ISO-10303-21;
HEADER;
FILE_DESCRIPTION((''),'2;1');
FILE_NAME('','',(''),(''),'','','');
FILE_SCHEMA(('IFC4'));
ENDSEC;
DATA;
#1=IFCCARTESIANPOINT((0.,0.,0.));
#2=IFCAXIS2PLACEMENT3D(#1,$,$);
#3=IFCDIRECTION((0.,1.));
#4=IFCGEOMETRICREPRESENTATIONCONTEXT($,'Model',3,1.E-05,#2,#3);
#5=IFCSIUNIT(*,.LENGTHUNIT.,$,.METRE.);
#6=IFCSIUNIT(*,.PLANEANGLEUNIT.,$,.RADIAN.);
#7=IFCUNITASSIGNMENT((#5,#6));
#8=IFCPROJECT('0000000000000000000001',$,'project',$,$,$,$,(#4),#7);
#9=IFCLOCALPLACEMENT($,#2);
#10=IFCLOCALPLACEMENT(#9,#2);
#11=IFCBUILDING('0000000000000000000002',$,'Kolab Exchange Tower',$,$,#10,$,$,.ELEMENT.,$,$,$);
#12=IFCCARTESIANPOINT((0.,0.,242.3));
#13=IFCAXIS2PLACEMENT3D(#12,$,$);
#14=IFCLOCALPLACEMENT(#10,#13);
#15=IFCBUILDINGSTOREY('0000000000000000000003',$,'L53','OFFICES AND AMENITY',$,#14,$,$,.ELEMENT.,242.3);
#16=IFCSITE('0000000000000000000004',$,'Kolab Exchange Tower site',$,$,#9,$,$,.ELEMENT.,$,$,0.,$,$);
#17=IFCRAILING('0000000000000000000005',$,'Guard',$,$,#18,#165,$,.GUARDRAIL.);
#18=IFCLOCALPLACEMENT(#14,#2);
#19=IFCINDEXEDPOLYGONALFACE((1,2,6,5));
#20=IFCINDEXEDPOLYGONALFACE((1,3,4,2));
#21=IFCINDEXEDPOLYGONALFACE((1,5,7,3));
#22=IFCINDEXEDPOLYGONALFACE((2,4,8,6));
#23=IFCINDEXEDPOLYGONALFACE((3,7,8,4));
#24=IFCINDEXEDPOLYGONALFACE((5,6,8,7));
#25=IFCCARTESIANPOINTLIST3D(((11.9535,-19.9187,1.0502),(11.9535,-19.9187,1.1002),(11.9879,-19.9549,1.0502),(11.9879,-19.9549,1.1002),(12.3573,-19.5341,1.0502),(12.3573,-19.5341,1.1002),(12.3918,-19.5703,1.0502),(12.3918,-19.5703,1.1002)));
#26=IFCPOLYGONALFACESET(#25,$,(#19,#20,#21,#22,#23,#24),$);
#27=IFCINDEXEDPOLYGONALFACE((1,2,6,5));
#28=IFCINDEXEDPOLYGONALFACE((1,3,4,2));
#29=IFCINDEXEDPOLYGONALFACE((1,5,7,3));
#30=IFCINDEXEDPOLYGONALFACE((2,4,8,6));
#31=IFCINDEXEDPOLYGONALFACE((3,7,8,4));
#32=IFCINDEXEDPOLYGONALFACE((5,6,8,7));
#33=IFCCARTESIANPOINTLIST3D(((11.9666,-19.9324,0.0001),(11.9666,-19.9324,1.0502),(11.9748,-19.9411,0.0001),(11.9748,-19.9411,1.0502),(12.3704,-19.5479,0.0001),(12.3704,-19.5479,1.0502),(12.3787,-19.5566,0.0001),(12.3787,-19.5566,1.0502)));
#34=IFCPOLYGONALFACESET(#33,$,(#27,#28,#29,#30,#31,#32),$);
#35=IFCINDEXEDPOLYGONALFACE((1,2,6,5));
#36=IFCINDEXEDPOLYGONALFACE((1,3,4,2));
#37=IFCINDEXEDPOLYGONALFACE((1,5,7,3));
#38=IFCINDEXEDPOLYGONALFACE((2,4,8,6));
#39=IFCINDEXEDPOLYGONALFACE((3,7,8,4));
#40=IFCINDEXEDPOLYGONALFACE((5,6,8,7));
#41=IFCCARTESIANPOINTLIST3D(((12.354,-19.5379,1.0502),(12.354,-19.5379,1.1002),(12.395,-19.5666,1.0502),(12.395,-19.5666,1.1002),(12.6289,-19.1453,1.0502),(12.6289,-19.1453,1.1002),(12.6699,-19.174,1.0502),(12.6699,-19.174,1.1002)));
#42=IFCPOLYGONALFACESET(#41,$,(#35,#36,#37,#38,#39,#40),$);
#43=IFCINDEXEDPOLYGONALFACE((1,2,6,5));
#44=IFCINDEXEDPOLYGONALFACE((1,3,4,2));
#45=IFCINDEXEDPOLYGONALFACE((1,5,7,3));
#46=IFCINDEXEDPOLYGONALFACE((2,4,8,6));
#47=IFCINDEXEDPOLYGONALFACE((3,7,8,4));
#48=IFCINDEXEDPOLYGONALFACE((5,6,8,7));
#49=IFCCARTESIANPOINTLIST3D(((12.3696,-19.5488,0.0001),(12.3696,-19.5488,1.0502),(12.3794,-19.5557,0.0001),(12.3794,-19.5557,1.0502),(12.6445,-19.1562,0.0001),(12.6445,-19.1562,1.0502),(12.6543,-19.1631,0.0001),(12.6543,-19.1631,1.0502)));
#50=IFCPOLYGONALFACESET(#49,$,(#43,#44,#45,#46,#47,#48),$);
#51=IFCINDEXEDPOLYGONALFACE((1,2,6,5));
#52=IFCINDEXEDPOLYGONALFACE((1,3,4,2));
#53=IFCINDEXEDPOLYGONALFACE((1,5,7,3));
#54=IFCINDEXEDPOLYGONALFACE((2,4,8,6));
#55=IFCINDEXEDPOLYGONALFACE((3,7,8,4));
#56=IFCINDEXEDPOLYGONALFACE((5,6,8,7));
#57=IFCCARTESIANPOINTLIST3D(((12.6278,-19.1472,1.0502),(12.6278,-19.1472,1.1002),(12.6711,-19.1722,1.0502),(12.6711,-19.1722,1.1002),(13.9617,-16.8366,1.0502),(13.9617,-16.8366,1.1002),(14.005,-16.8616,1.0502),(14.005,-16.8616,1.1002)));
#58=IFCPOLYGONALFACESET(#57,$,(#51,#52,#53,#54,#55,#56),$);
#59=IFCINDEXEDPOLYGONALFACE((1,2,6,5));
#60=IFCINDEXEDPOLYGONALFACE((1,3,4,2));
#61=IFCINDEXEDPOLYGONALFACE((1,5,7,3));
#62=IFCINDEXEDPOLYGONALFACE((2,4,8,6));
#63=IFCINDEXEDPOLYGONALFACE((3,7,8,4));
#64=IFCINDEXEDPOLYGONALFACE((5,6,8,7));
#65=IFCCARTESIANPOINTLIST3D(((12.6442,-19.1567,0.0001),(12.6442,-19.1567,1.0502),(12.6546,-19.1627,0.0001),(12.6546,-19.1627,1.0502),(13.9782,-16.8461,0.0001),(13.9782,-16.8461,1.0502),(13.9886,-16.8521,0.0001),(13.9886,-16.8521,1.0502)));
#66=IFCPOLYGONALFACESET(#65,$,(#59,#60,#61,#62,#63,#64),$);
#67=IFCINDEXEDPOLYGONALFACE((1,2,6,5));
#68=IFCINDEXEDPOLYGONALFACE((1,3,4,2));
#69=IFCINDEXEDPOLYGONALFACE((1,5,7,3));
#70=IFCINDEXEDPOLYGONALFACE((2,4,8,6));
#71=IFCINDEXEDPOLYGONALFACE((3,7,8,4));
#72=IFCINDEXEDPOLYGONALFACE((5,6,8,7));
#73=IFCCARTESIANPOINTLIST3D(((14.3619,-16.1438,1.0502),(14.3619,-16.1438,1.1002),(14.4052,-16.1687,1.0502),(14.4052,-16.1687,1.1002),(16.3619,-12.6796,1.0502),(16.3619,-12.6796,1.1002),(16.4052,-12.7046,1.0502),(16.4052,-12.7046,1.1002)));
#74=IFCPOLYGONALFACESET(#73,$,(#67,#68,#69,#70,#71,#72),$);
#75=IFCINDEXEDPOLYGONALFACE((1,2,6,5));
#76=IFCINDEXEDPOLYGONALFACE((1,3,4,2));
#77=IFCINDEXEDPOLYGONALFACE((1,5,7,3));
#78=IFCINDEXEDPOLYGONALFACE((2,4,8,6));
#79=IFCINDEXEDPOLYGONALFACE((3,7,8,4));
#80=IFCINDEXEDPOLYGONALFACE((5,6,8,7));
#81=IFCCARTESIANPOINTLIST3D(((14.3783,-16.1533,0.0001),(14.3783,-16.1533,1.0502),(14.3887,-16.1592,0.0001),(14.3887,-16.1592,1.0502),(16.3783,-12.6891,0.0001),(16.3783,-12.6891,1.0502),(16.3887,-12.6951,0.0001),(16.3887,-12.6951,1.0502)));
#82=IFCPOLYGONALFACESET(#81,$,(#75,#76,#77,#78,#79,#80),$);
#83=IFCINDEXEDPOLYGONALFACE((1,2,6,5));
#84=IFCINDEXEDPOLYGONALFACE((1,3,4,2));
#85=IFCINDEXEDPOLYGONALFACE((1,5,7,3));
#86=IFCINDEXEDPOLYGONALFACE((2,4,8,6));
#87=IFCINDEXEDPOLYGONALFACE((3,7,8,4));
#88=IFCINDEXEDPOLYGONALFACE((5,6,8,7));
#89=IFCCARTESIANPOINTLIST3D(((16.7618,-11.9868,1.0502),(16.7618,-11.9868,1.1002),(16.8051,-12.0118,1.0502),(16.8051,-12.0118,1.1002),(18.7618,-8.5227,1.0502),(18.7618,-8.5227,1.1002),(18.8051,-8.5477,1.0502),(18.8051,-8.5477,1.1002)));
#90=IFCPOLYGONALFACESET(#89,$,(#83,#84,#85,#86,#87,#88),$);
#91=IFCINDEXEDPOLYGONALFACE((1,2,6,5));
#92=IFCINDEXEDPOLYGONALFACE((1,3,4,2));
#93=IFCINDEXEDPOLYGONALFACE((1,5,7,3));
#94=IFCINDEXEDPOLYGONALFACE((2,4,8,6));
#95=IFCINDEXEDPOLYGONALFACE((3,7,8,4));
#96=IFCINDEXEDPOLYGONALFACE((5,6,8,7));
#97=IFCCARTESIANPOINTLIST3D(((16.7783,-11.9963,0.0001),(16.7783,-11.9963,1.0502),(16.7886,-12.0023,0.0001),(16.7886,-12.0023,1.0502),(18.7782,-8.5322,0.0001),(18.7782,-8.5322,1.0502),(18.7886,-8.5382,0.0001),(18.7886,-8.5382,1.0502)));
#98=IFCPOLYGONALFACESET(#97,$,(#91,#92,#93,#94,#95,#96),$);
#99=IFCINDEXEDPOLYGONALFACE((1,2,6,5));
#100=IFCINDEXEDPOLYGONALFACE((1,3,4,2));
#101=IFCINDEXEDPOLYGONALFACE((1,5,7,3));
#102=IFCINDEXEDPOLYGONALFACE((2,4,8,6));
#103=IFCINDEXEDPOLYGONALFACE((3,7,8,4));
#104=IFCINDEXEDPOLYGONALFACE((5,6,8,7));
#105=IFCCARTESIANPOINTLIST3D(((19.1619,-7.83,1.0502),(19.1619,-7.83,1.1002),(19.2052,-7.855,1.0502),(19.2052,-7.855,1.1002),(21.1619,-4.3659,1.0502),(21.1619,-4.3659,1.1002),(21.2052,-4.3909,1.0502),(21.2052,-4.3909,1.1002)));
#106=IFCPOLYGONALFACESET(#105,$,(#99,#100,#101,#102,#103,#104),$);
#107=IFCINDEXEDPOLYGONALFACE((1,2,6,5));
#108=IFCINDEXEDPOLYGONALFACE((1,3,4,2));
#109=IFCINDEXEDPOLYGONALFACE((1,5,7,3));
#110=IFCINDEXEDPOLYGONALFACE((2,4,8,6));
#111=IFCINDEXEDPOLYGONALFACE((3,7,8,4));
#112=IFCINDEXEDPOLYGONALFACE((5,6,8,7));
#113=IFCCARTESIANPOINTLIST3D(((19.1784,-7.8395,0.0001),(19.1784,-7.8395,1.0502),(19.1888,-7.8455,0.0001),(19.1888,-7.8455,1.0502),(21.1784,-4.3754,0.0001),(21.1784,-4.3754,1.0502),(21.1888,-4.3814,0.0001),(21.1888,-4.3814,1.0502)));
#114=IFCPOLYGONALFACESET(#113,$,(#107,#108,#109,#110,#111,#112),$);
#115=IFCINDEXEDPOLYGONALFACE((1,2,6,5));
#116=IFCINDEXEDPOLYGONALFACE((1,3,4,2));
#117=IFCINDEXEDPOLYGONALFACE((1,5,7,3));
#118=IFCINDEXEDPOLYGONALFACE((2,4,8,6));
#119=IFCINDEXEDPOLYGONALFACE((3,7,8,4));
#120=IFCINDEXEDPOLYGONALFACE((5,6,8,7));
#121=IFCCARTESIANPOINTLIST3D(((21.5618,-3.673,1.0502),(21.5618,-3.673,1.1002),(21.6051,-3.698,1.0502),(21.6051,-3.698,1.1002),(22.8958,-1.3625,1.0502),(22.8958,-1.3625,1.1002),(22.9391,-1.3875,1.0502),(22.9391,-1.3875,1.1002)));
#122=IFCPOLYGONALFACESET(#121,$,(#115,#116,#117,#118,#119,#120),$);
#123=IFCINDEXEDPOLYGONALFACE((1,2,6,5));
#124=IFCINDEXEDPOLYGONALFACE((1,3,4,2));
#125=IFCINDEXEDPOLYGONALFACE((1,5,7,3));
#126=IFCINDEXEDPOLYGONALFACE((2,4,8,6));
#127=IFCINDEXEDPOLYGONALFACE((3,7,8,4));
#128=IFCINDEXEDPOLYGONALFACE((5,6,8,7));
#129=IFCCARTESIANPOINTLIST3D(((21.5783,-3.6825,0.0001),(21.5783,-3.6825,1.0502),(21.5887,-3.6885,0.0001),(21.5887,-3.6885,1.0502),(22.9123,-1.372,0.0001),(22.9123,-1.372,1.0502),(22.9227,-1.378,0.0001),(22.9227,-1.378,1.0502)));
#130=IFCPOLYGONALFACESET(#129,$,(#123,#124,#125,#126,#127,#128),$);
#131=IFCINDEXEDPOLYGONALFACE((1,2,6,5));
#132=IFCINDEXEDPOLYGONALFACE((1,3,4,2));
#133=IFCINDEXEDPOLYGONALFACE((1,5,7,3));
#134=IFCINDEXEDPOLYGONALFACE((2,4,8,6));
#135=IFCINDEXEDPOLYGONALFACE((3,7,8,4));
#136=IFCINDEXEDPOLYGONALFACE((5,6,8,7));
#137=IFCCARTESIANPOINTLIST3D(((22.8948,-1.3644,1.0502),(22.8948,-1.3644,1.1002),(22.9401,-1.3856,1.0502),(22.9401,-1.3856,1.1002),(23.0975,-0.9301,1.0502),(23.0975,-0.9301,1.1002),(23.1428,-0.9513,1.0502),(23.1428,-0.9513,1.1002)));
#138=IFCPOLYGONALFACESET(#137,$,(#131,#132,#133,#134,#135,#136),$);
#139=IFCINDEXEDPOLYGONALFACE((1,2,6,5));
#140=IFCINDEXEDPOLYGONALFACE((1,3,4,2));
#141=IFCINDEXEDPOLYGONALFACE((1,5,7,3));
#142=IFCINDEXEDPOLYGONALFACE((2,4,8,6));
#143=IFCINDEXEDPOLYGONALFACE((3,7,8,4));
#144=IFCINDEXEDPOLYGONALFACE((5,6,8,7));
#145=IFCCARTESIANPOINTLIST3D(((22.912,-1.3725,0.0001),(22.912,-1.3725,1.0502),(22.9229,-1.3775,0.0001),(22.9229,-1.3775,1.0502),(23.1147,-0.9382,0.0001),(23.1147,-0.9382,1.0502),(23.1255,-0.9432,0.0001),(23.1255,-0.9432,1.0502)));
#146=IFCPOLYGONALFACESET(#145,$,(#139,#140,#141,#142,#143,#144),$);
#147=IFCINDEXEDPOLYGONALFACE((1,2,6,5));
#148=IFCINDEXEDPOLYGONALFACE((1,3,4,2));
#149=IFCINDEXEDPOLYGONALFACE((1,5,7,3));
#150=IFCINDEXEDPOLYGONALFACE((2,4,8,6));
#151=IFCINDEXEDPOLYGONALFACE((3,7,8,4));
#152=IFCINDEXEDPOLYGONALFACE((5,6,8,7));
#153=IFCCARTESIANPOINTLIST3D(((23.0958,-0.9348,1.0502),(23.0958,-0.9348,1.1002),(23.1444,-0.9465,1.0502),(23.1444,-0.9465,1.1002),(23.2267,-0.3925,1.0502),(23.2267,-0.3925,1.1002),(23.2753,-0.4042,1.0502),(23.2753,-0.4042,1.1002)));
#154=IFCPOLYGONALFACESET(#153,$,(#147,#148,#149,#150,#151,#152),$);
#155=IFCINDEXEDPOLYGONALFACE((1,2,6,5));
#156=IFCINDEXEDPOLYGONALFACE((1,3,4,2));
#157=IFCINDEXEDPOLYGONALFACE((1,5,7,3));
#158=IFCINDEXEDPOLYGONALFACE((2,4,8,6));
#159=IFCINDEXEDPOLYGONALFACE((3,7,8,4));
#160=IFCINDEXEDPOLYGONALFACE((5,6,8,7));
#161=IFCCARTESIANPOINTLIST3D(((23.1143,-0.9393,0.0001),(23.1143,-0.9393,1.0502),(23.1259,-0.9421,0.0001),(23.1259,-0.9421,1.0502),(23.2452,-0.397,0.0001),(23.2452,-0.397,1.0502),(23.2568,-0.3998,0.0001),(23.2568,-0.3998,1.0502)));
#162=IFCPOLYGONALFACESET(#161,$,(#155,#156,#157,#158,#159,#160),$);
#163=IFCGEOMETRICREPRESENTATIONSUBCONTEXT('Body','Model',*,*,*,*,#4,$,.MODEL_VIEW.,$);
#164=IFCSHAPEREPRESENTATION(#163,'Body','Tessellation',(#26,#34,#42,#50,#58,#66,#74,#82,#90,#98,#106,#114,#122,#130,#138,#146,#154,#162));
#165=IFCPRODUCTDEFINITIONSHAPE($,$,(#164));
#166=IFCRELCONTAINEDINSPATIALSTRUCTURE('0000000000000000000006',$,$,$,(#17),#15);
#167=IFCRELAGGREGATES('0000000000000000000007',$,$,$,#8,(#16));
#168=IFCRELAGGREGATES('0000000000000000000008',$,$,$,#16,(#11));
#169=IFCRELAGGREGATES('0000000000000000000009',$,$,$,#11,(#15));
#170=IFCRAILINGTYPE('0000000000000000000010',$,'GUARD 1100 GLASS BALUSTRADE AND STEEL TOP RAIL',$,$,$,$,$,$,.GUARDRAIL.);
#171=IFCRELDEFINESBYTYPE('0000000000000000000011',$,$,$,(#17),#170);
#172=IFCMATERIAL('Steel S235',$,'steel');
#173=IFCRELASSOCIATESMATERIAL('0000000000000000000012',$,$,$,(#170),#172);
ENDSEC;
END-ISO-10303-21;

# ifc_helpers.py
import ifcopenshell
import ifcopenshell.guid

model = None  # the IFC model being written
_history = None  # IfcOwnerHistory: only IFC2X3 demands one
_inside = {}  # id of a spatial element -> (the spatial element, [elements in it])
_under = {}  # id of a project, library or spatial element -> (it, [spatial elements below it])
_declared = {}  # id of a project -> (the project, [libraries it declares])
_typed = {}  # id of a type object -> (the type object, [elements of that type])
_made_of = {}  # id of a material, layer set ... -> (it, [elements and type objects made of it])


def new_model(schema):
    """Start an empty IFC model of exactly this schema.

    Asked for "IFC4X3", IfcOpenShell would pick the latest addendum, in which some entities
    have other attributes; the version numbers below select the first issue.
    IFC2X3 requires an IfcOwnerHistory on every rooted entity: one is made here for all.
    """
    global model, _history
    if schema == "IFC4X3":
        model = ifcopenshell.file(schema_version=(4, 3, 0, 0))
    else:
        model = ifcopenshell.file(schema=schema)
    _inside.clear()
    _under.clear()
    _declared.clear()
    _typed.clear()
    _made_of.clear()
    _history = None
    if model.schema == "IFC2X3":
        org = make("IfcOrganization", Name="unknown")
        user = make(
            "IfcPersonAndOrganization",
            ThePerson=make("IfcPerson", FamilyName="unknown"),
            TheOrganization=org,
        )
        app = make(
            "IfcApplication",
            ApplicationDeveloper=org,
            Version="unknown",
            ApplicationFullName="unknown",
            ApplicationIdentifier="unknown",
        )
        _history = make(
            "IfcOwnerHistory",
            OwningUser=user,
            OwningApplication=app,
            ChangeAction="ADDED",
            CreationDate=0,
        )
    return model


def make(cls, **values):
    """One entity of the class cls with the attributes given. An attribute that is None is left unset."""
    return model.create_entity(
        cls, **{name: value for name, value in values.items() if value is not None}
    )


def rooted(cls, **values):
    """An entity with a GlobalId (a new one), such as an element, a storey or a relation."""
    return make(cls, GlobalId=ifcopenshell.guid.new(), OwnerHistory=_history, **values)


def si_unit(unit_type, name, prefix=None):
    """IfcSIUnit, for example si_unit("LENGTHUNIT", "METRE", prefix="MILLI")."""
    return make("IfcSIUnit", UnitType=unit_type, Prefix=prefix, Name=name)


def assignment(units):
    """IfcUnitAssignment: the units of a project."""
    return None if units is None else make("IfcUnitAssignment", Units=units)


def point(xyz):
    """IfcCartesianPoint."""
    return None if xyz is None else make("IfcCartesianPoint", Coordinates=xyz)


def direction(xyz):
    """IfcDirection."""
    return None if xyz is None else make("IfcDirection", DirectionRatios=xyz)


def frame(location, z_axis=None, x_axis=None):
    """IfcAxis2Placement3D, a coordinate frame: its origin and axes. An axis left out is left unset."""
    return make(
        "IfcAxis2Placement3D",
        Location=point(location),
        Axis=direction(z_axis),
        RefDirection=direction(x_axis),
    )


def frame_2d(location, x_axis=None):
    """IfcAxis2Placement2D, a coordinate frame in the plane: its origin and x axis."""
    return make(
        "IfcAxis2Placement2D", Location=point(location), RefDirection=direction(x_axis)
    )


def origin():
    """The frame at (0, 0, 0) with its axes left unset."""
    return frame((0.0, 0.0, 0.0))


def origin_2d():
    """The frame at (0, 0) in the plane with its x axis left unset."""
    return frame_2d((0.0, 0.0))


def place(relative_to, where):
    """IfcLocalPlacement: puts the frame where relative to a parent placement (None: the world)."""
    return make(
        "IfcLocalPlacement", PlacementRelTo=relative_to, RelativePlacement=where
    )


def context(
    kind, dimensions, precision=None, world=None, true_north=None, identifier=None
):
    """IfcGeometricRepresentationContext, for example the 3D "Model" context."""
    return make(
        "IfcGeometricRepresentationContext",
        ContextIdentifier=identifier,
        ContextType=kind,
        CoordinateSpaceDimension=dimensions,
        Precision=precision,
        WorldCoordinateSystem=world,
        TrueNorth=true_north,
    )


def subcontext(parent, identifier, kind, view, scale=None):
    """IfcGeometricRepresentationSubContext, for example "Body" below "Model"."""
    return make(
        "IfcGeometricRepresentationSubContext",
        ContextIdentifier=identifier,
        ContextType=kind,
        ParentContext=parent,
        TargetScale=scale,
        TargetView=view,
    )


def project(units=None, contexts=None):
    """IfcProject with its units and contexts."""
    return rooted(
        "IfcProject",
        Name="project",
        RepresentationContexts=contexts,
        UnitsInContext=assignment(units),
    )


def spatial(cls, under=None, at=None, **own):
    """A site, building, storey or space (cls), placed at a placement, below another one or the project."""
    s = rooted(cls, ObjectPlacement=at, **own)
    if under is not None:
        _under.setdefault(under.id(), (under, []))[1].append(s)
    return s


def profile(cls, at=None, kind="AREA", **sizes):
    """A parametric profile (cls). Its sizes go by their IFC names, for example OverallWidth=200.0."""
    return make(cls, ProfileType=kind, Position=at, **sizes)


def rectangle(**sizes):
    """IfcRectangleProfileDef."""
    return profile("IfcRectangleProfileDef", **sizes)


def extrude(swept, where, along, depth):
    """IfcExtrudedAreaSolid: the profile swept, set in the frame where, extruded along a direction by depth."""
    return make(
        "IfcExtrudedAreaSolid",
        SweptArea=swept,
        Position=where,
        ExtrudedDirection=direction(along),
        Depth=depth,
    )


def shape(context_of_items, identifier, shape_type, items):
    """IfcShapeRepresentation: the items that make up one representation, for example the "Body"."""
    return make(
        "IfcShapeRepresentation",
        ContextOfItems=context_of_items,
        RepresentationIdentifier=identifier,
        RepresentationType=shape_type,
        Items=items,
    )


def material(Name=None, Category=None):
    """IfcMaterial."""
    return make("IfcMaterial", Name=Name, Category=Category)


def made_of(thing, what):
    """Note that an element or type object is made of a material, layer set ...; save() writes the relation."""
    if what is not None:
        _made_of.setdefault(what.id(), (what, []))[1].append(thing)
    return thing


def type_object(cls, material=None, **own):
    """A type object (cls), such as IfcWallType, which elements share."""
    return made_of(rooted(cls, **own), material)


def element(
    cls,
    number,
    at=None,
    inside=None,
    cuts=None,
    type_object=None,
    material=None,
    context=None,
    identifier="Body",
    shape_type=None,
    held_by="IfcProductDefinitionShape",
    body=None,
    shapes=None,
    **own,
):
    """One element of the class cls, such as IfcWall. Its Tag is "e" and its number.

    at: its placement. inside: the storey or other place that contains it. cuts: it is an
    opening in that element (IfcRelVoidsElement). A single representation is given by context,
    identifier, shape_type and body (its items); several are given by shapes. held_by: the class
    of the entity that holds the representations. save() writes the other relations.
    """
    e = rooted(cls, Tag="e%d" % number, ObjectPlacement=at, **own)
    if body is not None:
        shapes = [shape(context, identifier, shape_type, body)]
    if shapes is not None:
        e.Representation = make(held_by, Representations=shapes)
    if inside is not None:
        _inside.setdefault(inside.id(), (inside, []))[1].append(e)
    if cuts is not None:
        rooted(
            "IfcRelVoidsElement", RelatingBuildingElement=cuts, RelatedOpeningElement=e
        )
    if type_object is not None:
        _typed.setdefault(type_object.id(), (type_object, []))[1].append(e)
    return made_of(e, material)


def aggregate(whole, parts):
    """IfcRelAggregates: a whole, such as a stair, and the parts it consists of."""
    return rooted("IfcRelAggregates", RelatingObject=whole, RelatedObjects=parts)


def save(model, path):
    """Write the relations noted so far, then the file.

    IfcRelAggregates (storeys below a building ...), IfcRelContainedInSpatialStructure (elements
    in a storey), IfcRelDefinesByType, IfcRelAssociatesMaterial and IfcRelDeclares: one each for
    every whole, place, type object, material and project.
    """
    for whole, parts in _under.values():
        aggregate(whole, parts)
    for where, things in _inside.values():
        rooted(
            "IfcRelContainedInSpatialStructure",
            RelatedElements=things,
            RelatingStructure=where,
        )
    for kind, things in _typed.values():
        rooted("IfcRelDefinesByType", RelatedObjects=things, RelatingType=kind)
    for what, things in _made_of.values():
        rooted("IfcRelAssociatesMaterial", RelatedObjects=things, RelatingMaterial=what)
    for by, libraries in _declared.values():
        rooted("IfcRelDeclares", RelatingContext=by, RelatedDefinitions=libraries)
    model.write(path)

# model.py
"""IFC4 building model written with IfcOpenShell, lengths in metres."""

from ifc_helpers import new_model, si_unit, direction, frame, frame_2d, origin, origin_2d, place, context, subcontext, project, spatial, rectangle, extrude, material, type_object, element, save


model = new_model("IFC4")

# Units and contexts
model_context = context("Model", 3, precision=1e-05, world=origin(), true_north=direction((0.0, 1.0)))
body_context = subcontext(model_context, "Body", "Model", "MODEL_VIEW")
ifc_project = project(units=[si_unit("LENGTHUNIT", "METRE"), si_unit("PLANEANGLEUNIT", "RADIAN")], contexts=[model_context])

# Site, building, storey
site_placement = place(None, origin())
site = spatial("IfcSite", under=ifc_project, at=site_placement, Name="Kolab Exchange Tower site", CompositionType="ELEMENT", RefElevation=0.0)
building_placement = place(site_placement, origin())
building = spatial("IfcBuilding", under=site, at=building_placement, Name="Kolab Exchange Tower", CompositionType="ELEMENT")
storey_placement = place(building_placement, frame((0.0, 0.0, 242.3)))
storey = spatial("IfcBuildingStorey", under=building, at=storey_placement, Name="L53", Description="OFFICES AND AMENITY", CompositionType="ELEMENT", Elevation=242.3)

# Railing
ifc_material_1 = material(Name="Steel S235", Category="steel")
railing_type = type_object("IfcRailingType", Name="GUARD 1100 GLASS BALUSTRADE AND STEEL TOP RAIL", PredefinedType="GUARDRAIL", material=ifc_material_1)
railing_placement = place(storey_placement, frame((11.9707, -19.9368, 0.0)))
element("IfcRailing", 1, at=railing_placement, inside=storey, type_object=railing_type, Name="Guard", PredefinedType="GUARDRAIL", context=body_context, shape_type="SweptSolid", body=[
    extrude(rectangle(XDim=0.05, YDim=0.05, at=origin_2d()), frame((0.0, 0.0, 1.0752), z_axis=(0.72419, 0.689601, 0.0), x_axis=(-0.689601, 0.72419, 0.0)), (0.0, 0.0, 1.0), 0.5576),
    extrude(rectangle(XDim=0.012, YDim=1.0501, at=frame_2d((0.0, 0.5251))), frame((0.0, 0.0, 0.0), z_axis=(0.72419, 0.689601, 0.0), x_axis=(-0.689601, 0.72419, 0.0)), (0.0, 0.0, 1.0), 0.5576),
    extrude(rectangle(XDim=0.05, YDim=0.05, at=origin_2d()), frame((0.4038, 0.3845, 1.0752), z_axis=(0.573599, 0.819136, 0.0), x_axis=(-0.819136, 0.573599, 0.0)), (0.0, 0.0, 1.0), 0.4792),
    extrude(rectangle(XDim=0.012, YDim=1.0501, at=frame_2d((0.0, 0.5251))), frame((0.4038, 0.3845, 0.0), z_axis=(0.573599, 0.819136, 0.0), x_axis=(-0.819136, 0.573599, 0.0)), (0.0, 0.0, 1.0), 0.4792),
    extrude(rectangle(XDim=0.05, YDim=0.05, at=origin_2d()), frame((0.6787, 0.7771, 1.0752), z_axis=(0.499997, 0.866027, 0.0), x_axis=(-0.866027, 0.499997, 0.0)), (0.0, 0.0, 1.0), 2.668),
    extrude(rectangle(XDim=0.012, YDim=1.0501, at=frame_2d((0.0, 0.5251))), frame((0.6787, 0.7771, 0.0), z_axis=(0.499997, 0.866027, 0.0), x_axis=(-0.866027, 0.499997, 0.0)), (0.0, 0.0, 1.0), 2.668),
    extrude(rectangle(XDim=0.05, YDim=0.05, at=origin_2d()), frame((2.4128, 3.7805, 1.0752), z_axis=(0.499999, 0.866026, 0.0), x_axis=(-0.866026, 0.499999, 0.0)), (0.0, 0.0, 1.0), 4.0),
    extrude(rectangle(XDim=0.012, YDim=1.0501, at=frame_2d((0.0, 0.5251))), frame((2.4128, 3.7805, 0.0), z_axis=(0.499999, 0.866026, 0.0), x_axis=(-0.866026, 0.499999, 0.0)), (0.0, 0.0, 1.0), 4.0),
    extrude(rectangle(XDim=0.05, YDim=0.05, at=origin_2d()), frame((4.8127, 7.9375, 1.0752), z_axis=(0.499999, 0.866026, 0.0), x_axis=(-0.866026, 0.499999, 0.0)), (0.0, 0.0, 1.0), 4.0),
    extrude(rectangle(XDim=0.012, YDim=1.0501, at=frame_2d((0.0, 0.5251))), frame((4.8127, 7.9375, 0.0), z_axis=(0.499999, 0.866026, 0.0), x_axis=(-0.866026, 0.499999, 0.0)), (0.0, 0.0, 1.0), 4.0),
    extrude(rectangle(XDim=0.05, YDim=0.05, at=origin_2d()), frame((7.2129, 12.0942, 1.0752), z_axis=(0.499999, 0.866026, 0.0), x_axis=(-0.866026, 0.499999, 0.0)), (0.0, 0.0, 1.0), 4.0),
    extrude(rectangle(XDim=0.012, YDim=1.0501, at=frame_2d((0.0, 0.5251))), frame((7.2129, 12.0942, 0.0), z_axis=(0.499999, 0.866026, 0.0), x_axis=(-0.866026, 0.499999, 0.0)), (0.0, 0.0, 1.0), 4.0),
    extrude(rectangle(XDim=0.05, YDim=0.05, at=origin_2d()), frame((9.6128, 16.2512, 1.0752), z_axis=(0.499997, 0.866027, 0.0), x_axis=(-0.866027, 0.499997, 0.0)), (0.0, 0.0, 1.0), 2.668),
    extrude(rectangle(XDim=0.012, YDim=1.0501, at=frame_2d((0.0, 0.5251))), frame((9.6128, 16.2512, 0.0), z_axis=(0.499997, 0.866027, 0.0), x_axis=(-0.866027, 0.499997, 0.0)), (0.0, 0.0, 1.0), 2.668),
    extrude(rectangle(XDim=0.05, YDim=0.05, at=origin_2d()), frame((10.9468, 18.5618, 1.0752), z_axis=(0.422802, 0.906222, 0.0), x_axis=(-0.906222, 0.422802, 0.0)), (0.0, 0.0, 1.0), 0.4792),
    extrude(rectangle(XDim=0.012, YDim=1.0501, at=frame_2d((0.0, 0.5251))), frame((10.9468, 18.5618, 0.0), z_axis=(0.422802, 0.906222, 0.0), x_axis=(-0.906222, 0.422802, 0.0)), (0.0, 0.0, 1.0), 0.4792),
    extrude(rectangle(XDim=0.05, YDim=0.05, at=origin_2d()), frame((11.1494, 18.9961, 1.0752), z_axis=(0.234598, 0.972093, 0.0), x_axis=(-0.972093, 0.234598, 0.0)), (0.0, 0.0, 1.0), 0.5579),
    extrude(rectangle(XDim=0.012, YDim=1.0501, at=frame_2d((0.0, 0.5251))), frame((11.1494, 18.9961, 0.0), z_axis=(0.234598, 0.972093, 0.0), x_axis=(-0.972093, 0.234598, 0.0)), (0.0, 0.0, 1.0), 0.5579),
])

save(model, "model.ifc")
